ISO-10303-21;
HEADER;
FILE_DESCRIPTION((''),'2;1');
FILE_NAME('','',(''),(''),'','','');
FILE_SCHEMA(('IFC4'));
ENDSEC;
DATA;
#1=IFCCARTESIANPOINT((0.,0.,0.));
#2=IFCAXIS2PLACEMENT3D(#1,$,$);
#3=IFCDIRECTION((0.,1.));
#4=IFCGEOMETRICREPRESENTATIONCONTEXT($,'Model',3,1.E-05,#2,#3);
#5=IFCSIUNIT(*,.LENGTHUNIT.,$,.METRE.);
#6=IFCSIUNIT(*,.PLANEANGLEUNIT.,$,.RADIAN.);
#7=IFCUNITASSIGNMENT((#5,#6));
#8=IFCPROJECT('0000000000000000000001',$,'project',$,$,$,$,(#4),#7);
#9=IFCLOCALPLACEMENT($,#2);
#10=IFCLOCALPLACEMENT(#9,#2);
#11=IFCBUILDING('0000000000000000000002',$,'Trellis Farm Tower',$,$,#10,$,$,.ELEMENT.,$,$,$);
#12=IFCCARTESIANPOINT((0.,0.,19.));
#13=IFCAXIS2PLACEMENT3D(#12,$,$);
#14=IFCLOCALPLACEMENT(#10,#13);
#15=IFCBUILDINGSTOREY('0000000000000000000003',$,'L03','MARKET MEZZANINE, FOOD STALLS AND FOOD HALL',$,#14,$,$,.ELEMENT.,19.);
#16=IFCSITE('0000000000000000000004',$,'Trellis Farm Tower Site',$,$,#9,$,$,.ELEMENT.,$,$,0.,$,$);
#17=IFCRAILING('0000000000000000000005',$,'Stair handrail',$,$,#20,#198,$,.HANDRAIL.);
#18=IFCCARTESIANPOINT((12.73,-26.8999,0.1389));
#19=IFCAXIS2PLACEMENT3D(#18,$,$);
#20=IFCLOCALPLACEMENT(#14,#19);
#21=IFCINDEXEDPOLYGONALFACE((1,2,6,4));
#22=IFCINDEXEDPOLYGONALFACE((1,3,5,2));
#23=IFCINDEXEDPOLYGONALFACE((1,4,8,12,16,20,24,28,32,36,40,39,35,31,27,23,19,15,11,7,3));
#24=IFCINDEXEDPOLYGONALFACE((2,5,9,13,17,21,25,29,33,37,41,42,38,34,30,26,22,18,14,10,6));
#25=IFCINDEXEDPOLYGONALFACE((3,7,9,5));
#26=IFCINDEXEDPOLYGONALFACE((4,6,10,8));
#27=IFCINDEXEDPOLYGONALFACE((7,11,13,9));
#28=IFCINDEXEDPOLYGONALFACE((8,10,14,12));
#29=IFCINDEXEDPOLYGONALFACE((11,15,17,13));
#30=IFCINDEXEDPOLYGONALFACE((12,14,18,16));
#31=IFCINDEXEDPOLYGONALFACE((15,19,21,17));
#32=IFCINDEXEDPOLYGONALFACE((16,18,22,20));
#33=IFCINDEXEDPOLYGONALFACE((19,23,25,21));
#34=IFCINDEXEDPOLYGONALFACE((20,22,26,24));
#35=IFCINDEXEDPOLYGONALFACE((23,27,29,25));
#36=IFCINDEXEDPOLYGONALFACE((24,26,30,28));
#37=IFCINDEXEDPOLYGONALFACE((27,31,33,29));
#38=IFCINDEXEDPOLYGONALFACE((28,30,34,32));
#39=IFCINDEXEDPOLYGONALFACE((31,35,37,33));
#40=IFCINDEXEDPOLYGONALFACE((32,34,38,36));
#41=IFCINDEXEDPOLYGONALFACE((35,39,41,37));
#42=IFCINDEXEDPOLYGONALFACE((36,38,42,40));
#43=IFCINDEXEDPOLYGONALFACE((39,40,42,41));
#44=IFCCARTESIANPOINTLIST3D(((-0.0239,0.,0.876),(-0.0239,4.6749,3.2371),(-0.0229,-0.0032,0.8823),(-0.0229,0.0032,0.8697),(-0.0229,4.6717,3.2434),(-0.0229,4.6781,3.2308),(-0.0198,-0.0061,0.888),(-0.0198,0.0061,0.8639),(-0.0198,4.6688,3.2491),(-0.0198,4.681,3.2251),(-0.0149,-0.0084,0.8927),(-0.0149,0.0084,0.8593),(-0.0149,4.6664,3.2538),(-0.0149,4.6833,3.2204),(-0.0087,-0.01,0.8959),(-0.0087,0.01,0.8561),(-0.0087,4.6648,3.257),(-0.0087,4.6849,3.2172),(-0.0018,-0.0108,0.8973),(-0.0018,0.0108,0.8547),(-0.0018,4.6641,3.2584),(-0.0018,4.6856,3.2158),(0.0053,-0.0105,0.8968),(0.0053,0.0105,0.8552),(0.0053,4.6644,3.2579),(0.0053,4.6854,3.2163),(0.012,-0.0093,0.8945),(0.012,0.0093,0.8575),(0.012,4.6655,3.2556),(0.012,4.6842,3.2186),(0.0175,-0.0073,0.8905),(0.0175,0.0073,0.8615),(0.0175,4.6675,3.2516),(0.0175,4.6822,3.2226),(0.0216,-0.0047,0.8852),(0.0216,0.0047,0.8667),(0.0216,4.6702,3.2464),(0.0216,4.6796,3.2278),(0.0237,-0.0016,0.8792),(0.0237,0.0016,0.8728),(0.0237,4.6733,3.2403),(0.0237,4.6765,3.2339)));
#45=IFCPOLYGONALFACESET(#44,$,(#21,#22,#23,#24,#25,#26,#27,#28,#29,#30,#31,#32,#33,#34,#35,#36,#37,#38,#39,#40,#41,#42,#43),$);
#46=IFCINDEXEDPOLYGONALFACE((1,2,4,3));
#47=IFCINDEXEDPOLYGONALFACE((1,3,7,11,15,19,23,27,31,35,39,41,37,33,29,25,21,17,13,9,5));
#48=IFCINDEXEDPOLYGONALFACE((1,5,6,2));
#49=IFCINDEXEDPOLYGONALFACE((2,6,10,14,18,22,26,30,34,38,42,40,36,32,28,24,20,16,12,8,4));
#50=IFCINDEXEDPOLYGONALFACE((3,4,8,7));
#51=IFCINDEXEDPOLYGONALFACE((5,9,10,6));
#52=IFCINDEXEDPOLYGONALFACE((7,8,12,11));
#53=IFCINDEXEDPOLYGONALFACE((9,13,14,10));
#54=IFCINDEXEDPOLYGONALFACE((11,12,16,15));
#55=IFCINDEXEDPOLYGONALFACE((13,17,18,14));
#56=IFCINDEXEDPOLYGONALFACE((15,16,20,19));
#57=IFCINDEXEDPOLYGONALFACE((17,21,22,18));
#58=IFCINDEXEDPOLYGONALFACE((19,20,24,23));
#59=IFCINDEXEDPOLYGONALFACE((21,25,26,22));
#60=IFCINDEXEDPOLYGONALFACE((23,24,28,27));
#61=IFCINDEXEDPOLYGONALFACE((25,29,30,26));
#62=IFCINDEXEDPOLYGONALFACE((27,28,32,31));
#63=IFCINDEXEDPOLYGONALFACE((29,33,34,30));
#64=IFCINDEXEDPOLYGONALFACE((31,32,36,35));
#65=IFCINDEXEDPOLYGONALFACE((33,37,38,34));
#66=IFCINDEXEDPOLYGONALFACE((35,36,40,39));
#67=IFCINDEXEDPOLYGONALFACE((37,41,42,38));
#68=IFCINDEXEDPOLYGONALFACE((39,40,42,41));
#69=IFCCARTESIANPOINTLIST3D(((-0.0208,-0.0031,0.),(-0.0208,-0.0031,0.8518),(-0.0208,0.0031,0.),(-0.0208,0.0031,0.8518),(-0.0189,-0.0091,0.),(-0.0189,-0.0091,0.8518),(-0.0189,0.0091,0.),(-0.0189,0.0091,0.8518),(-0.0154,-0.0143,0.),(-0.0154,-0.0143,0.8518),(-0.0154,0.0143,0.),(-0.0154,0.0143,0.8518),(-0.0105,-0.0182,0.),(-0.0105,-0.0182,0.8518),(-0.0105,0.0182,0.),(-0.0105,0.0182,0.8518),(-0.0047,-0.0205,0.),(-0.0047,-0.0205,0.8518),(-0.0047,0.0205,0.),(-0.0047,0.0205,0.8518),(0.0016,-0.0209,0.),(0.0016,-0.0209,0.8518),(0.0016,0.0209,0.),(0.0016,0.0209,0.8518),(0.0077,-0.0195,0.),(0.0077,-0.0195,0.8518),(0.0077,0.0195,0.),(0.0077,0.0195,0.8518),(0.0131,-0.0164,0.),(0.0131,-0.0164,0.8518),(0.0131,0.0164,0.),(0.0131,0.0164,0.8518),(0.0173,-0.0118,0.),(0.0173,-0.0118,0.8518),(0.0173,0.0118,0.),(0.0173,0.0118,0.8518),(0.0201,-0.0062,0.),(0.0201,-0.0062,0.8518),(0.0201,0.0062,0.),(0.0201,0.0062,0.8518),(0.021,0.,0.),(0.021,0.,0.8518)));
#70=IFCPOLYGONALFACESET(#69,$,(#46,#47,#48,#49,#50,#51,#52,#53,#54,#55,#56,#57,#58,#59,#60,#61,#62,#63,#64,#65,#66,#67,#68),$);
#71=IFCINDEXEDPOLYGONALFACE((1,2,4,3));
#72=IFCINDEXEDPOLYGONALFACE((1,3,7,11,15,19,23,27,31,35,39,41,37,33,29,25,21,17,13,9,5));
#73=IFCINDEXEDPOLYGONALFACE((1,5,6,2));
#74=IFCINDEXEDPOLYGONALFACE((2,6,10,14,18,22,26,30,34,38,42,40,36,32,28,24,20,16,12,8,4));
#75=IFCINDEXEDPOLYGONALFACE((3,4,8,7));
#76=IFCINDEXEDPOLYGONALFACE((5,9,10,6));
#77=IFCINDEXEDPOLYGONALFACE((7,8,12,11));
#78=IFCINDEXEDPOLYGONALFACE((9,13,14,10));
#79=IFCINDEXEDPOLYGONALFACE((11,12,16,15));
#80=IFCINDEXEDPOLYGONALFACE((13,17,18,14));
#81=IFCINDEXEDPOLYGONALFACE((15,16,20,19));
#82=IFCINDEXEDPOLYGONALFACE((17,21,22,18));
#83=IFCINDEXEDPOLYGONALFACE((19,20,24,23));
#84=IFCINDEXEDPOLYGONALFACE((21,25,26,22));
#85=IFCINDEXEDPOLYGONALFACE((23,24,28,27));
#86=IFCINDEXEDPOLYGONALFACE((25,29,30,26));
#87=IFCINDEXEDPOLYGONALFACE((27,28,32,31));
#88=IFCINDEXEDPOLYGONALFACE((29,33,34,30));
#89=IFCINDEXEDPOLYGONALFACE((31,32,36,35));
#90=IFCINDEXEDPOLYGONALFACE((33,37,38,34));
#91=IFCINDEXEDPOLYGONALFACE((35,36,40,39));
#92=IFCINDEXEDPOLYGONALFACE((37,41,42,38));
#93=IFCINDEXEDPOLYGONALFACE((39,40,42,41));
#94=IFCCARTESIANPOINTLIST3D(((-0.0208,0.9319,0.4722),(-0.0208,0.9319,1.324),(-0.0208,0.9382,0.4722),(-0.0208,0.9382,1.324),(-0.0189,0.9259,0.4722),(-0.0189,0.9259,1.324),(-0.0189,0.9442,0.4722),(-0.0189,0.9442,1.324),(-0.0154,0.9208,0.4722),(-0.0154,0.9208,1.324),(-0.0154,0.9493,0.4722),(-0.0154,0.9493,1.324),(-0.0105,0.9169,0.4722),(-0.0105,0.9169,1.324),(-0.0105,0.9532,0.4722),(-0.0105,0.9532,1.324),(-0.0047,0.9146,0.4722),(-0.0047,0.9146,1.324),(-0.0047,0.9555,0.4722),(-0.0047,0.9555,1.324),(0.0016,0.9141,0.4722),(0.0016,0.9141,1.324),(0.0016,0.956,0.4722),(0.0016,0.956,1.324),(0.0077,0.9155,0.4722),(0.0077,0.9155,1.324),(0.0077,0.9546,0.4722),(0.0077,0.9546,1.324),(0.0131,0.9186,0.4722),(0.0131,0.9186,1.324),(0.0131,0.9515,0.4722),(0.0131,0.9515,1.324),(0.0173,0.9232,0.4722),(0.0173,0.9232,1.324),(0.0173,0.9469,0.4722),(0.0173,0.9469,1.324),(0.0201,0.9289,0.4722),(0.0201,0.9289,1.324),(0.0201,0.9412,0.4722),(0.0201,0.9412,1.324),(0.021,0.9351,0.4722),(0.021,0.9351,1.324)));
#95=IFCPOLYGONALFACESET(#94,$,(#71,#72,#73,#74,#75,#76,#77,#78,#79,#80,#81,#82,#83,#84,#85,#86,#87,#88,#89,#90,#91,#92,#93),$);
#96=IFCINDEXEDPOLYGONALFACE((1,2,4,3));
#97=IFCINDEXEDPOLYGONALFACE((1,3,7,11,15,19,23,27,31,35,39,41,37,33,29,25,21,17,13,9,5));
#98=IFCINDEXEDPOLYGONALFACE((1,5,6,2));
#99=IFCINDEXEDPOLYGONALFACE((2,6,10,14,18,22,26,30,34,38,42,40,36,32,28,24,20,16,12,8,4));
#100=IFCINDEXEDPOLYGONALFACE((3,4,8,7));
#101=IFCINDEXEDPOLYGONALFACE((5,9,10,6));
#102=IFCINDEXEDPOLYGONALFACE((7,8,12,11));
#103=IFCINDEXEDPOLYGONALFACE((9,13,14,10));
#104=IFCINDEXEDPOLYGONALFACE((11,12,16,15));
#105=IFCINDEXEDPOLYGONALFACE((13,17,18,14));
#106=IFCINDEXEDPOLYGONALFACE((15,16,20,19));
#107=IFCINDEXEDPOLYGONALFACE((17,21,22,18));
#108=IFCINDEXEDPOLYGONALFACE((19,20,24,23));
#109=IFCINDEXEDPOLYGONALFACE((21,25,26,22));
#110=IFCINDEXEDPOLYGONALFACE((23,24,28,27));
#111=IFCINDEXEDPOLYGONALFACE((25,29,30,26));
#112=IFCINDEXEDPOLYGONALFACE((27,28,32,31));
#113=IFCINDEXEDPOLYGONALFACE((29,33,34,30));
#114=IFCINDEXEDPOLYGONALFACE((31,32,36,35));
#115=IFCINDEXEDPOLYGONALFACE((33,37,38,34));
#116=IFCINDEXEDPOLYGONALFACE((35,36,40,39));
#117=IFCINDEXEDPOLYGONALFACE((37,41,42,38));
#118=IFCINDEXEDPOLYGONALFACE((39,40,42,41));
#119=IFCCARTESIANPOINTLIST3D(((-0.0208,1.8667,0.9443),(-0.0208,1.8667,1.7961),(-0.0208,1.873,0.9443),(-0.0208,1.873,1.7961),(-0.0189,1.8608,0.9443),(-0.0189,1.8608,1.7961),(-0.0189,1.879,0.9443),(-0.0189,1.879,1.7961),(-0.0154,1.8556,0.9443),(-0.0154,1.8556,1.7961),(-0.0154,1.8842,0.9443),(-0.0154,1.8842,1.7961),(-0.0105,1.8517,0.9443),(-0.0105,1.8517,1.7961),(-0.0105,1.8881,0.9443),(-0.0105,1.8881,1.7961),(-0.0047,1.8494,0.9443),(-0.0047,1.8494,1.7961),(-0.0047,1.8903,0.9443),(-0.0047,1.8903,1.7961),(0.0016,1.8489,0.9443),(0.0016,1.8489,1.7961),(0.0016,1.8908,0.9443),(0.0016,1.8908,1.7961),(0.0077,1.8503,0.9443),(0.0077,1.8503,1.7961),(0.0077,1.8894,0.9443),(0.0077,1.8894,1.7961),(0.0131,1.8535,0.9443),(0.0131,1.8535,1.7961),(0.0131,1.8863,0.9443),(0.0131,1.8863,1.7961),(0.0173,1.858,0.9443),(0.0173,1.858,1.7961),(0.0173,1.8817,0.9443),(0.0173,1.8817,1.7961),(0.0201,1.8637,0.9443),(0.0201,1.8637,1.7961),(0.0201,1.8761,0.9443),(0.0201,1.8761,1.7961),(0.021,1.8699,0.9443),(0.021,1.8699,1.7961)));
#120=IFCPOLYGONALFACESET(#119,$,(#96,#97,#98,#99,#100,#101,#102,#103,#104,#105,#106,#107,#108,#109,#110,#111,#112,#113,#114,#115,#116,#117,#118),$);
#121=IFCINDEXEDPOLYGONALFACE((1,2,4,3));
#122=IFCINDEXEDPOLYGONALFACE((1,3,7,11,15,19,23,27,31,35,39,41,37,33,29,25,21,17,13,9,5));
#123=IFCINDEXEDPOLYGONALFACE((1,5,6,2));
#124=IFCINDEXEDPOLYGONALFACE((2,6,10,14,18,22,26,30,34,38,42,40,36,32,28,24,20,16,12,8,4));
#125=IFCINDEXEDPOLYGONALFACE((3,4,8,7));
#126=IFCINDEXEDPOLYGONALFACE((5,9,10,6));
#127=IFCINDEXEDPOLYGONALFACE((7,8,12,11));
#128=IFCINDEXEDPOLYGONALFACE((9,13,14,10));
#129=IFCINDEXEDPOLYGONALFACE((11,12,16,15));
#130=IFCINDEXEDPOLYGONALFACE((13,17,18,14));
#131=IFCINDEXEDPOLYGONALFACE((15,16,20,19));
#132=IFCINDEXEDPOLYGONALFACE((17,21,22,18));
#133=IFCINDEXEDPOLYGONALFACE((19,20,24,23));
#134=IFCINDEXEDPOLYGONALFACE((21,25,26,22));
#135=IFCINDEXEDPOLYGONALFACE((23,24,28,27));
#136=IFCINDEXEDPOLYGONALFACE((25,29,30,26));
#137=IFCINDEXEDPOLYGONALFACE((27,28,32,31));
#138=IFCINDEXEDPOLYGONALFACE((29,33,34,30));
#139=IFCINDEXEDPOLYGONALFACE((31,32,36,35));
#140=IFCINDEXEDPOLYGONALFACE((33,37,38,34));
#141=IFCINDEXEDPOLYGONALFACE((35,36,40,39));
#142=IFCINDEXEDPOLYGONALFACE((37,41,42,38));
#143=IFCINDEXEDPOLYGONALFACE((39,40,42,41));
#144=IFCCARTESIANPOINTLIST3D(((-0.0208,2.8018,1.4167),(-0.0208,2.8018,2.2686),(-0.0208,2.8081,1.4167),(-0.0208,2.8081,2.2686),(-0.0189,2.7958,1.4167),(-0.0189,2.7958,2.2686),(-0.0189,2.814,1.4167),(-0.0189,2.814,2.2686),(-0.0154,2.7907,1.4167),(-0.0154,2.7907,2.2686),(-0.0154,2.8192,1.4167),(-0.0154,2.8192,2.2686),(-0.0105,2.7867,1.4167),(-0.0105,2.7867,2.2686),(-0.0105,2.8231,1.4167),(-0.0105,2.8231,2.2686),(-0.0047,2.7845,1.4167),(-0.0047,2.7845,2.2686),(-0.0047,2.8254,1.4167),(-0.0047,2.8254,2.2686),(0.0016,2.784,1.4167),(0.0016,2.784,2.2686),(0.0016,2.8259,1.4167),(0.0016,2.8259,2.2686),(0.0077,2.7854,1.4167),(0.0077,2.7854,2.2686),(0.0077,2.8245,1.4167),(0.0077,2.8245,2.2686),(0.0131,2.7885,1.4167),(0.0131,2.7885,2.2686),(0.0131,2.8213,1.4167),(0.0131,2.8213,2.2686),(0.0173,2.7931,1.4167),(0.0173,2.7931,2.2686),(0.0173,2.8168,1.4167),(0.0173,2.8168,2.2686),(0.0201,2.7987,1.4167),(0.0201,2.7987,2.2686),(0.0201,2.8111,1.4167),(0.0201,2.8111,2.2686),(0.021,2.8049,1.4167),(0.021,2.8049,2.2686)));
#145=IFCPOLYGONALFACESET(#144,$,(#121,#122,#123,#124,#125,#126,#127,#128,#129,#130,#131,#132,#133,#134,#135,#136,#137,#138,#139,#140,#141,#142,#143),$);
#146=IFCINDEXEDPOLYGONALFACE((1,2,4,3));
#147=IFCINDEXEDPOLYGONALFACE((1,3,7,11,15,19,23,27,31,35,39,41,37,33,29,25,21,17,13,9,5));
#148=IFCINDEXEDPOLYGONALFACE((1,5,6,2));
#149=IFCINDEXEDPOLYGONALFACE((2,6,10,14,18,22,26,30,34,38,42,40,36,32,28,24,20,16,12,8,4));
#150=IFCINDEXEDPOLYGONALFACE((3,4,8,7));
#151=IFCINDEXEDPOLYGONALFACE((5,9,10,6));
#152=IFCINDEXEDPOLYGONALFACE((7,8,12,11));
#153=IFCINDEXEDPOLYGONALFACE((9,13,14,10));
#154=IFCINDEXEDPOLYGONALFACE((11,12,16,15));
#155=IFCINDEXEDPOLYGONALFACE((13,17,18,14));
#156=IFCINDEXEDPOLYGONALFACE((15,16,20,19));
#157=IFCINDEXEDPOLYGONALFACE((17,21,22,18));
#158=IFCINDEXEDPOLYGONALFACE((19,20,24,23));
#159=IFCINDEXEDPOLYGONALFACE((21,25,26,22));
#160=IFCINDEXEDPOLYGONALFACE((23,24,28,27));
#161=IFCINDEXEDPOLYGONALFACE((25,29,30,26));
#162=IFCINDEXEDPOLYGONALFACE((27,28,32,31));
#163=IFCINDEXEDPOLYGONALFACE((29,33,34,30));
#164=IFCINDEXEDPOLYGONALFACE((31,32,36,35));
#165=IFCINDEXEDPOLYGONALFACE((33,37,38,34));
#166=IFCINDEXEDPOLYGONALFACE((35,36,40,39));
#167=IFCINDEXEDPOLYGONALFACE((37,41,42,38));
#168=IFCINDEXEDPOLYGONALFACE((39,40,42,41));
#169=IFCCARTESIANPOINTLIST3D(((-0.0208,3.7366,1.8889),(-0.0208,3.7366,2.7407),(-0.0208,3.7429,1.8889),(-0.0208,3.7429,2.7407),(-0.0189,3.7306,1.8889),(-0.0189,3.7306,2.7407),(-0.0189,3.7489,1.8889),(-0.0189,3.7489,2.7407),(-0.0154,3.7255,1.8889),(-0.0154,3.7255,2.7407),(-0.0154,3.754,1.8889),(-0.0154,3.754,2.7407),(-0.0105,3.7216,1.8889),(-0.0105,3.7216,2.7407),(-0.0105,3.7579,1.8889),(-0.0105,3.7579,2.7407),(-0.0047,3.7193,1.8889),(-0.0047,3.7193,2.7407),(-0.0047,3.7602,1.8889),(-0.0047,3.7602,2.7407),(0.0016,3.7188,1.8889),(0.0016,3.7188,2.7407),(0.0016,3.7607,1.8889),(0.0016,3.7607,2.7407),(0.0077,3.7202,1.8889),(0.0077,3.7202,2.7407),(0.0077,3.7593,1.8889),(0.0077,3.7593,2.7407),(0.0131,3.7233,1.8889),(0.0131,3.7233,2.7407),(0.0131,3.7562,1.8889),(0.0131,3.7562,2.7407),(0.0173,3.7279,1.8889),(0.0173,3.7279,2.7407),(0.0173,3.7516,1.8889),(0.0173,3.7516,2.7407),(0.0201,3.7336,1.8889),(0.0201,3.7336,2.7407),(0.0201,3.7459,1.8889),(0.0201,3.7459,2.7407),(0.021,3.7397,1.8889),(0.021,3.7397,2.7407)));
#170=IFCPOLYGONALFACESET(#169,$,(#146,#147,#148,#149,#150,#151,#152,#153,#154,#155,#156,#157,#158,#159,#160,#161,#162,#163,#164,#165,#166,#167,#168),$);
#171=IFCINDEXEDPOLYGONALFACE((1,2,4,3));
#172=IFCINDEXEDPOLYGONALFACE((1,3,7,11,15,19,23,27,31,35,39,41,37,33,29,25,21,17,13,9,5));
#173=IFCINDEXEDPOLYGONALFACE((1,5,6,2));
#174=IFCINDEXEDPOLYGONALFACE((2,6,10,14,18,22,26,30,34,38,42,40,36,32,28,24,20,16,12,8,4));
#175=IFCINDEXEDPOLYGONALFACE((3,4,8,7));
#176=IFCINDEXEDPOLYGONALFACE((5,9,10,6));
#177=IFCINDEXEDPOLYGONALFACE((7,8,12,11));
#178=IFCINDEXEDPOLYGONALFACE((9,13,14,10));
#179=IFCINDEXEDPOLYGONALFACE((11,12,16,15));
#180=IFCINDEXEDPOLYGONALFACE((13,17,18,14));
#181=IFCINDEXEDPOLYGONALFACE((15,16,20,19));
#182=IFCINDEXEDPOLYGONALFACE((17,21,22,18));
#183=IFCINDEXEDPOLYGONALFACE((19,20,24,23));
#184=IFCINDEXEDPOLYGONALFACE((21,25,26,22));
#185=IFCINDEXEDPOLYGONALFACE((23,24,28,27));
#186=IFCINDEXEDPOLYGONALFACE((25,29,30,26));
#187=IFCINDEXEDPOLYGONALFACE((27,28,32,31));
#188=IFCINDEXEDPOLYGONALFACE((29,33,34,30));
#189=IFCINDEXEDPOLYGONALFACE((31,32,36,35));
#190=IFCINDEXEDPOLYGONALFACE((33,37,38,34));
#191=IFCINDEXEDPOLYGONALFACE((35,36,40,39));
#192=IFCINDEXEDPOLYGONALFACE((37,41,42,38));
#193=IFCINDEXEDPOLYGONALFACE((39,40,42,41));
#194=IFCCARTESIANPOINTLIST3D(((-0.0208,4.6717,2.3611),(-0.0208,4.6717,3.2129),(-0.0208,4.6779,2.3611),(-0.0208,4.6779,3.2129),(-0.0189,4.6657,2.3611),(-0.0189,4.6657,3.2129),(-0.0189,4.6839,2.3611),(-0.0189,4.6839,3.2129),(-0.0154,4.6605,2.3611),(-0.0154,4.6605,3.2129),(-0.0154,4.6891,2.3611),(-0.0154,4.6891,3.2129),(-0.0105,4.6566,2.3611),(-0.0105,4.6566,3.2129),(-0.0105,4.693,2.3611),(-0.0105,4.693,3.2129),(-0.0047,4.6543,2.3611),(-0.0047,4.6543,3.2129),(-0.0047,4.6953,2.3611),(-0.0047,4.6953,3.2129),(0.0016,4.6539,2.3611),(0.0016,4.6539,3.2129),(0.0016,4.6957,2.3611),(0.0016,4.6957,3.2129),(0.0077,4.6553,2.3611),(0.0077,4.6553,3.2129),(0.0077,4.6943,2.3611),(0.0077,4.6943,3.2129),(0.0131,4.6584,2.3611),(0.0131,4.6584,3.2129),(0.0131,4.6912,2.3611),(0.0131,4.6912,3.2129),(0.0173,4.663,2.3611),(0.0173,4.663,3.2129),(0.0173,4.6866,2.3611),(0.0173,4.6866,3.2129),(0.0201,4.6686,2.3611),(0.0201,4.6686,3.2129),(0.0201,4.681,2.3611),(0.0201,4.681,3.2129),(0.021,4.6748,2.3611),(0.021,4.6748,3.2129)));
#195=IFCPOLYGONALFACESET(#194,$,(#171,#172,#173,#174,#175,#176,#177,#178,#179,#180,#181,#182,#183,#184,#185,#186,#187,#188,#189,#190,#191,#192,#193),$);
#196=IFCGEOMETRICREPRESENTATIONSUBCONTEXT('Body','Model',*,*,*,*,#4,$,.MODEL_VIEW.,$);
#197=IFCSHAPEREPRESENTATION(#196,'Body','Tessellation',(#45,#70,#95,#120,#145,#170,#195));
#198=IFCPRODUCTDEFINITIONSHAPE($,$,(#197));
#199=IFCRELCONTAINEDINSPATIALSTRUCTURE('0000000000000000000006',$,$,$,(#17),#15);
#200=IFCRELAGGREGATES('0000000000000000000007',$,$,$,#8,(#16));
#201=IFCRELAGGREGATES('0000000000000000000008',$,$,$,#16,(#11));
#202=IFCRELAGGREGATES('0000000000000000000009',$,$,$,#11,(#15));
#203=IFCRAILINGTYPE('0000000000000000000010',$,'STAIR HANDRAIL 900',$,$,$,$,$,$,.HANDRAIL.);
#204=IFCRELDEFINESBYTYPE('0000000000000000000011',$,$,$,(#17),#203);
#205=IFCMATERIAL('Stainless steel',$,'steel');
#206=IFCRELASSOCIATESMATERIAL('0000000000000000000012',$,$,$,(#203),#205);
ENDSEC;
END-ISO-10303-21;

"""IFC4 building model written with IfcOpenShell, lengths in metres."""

from ifc_helpers import new_model, si_unit, direction, frame, origin, origin_2d, place, context, subcontext, project, spatial, circle, extrude, source, transform, mapped, material, type_object, element, save


model = new_model("IFC4")

# Units and contexts
model_context = context("Model", 3, precision=1e-05, world=origin(), true_north=direction((0.0, 1.0)))
body_context = subcontext(model_context, "Body", "Model", "MODEL_VIEW")
ifc_project = project(units=[si_unit("LENGTHUNIT", "METRE"), si_unit("PLANEANGLEUNIT", "RADIAN")], contexts=[model_context])

# Site, building, storey
site_placement = place(None, origin())
site = spatial("IfcSite", under=ifc_project, at=site_placement, Name="Trellis Farm Tower Site", CompositionType="ELEMENT", RefElevation=0.0)
building_placement = place(site_placement, origin())
building = spatial("IfcBuilding", under=site, at=building_placement, Name="Trellis Farm Tower", CompositionType="ELEMENT")
storey_placement = place(building_placement, frame((0.0, 0.0, 19.0)))
storey = spatial("IfcBuildingStorey", under=building, at=storey_placement, Name="L03", Description="MARKET MEZZANINE, FOOD STALLS AND FOOD HALL", CompositionType="ELEMENT", Elevation=19.0)

# Railing
ifc_material_1 = material(Name="Stainless steel", Category="steel")
railing_type = type_object("IfcRailingType", Name="STAIR HANDRAIL 900", PredefinedType="HANDRAIL", material=ifc_material_1)
shared_shape_1 = source(origin(), body_context, "Body", "SweptSolid", [
    extrude(circle(Radius=0.0239, at=origin_2d()), frame((0.0, 0.0, 0.876), z_axis=(0.0, 0.892611, 0.450827), x_axis=(-1.0, 0.0, 0.0)), (0.0, 0.0, 1.0), 5.2373),
    extrude(circle(Radius=0.021, at=origin_2d()), origin(), (0.0, 0.0, 1.0), 0.8518),
    extrude(circle(Radius=0.021, at=origin_2d()), frame((0.0, 0.9351, 0.4722)), (0.0, 0.0, 1.0), 0.8518),
    extrude(circle(Radius=0.021, at=origin_2d()), frame((0.0, 1.8699, 0.9443)), (0.0, 0.0, 1.0), 0.8518),
    extrude(circle(Radius=0.021, at=origin_2d()), frame((0.0, 2.8049, 1.4167)), (0.0, 0.0, 1.0), 0.8518),
    extrude(circle(Radius=0.021, at=origin_2d()), frame((0.0, 3.7397, 1.8889)), (0.0, 0.0, 1.0), 0.8518),
    extrude(circle(Radius=0.021, at=origin_2d()), frame((0.0, 4.6748, 2.3611)), (0.0, 0.0, 1.0), 0.8518),
])
for number, where, name in (
    (1, (12.73, -26.8999, 0.1389), "Stair handrail"),
):
    element("IfcRailing", number, at=place(storey_placement, frame(where)), inside=storey, type_object=railing_type, Name=name, PredefinedType="HANDRAIL", context=body_context, shape_type="MappedRepresentation", body=[
        mapped(shared_shape_1, transform((0.0, 0.0, 0.0))),
    ])

save(model, "model.ifc")
